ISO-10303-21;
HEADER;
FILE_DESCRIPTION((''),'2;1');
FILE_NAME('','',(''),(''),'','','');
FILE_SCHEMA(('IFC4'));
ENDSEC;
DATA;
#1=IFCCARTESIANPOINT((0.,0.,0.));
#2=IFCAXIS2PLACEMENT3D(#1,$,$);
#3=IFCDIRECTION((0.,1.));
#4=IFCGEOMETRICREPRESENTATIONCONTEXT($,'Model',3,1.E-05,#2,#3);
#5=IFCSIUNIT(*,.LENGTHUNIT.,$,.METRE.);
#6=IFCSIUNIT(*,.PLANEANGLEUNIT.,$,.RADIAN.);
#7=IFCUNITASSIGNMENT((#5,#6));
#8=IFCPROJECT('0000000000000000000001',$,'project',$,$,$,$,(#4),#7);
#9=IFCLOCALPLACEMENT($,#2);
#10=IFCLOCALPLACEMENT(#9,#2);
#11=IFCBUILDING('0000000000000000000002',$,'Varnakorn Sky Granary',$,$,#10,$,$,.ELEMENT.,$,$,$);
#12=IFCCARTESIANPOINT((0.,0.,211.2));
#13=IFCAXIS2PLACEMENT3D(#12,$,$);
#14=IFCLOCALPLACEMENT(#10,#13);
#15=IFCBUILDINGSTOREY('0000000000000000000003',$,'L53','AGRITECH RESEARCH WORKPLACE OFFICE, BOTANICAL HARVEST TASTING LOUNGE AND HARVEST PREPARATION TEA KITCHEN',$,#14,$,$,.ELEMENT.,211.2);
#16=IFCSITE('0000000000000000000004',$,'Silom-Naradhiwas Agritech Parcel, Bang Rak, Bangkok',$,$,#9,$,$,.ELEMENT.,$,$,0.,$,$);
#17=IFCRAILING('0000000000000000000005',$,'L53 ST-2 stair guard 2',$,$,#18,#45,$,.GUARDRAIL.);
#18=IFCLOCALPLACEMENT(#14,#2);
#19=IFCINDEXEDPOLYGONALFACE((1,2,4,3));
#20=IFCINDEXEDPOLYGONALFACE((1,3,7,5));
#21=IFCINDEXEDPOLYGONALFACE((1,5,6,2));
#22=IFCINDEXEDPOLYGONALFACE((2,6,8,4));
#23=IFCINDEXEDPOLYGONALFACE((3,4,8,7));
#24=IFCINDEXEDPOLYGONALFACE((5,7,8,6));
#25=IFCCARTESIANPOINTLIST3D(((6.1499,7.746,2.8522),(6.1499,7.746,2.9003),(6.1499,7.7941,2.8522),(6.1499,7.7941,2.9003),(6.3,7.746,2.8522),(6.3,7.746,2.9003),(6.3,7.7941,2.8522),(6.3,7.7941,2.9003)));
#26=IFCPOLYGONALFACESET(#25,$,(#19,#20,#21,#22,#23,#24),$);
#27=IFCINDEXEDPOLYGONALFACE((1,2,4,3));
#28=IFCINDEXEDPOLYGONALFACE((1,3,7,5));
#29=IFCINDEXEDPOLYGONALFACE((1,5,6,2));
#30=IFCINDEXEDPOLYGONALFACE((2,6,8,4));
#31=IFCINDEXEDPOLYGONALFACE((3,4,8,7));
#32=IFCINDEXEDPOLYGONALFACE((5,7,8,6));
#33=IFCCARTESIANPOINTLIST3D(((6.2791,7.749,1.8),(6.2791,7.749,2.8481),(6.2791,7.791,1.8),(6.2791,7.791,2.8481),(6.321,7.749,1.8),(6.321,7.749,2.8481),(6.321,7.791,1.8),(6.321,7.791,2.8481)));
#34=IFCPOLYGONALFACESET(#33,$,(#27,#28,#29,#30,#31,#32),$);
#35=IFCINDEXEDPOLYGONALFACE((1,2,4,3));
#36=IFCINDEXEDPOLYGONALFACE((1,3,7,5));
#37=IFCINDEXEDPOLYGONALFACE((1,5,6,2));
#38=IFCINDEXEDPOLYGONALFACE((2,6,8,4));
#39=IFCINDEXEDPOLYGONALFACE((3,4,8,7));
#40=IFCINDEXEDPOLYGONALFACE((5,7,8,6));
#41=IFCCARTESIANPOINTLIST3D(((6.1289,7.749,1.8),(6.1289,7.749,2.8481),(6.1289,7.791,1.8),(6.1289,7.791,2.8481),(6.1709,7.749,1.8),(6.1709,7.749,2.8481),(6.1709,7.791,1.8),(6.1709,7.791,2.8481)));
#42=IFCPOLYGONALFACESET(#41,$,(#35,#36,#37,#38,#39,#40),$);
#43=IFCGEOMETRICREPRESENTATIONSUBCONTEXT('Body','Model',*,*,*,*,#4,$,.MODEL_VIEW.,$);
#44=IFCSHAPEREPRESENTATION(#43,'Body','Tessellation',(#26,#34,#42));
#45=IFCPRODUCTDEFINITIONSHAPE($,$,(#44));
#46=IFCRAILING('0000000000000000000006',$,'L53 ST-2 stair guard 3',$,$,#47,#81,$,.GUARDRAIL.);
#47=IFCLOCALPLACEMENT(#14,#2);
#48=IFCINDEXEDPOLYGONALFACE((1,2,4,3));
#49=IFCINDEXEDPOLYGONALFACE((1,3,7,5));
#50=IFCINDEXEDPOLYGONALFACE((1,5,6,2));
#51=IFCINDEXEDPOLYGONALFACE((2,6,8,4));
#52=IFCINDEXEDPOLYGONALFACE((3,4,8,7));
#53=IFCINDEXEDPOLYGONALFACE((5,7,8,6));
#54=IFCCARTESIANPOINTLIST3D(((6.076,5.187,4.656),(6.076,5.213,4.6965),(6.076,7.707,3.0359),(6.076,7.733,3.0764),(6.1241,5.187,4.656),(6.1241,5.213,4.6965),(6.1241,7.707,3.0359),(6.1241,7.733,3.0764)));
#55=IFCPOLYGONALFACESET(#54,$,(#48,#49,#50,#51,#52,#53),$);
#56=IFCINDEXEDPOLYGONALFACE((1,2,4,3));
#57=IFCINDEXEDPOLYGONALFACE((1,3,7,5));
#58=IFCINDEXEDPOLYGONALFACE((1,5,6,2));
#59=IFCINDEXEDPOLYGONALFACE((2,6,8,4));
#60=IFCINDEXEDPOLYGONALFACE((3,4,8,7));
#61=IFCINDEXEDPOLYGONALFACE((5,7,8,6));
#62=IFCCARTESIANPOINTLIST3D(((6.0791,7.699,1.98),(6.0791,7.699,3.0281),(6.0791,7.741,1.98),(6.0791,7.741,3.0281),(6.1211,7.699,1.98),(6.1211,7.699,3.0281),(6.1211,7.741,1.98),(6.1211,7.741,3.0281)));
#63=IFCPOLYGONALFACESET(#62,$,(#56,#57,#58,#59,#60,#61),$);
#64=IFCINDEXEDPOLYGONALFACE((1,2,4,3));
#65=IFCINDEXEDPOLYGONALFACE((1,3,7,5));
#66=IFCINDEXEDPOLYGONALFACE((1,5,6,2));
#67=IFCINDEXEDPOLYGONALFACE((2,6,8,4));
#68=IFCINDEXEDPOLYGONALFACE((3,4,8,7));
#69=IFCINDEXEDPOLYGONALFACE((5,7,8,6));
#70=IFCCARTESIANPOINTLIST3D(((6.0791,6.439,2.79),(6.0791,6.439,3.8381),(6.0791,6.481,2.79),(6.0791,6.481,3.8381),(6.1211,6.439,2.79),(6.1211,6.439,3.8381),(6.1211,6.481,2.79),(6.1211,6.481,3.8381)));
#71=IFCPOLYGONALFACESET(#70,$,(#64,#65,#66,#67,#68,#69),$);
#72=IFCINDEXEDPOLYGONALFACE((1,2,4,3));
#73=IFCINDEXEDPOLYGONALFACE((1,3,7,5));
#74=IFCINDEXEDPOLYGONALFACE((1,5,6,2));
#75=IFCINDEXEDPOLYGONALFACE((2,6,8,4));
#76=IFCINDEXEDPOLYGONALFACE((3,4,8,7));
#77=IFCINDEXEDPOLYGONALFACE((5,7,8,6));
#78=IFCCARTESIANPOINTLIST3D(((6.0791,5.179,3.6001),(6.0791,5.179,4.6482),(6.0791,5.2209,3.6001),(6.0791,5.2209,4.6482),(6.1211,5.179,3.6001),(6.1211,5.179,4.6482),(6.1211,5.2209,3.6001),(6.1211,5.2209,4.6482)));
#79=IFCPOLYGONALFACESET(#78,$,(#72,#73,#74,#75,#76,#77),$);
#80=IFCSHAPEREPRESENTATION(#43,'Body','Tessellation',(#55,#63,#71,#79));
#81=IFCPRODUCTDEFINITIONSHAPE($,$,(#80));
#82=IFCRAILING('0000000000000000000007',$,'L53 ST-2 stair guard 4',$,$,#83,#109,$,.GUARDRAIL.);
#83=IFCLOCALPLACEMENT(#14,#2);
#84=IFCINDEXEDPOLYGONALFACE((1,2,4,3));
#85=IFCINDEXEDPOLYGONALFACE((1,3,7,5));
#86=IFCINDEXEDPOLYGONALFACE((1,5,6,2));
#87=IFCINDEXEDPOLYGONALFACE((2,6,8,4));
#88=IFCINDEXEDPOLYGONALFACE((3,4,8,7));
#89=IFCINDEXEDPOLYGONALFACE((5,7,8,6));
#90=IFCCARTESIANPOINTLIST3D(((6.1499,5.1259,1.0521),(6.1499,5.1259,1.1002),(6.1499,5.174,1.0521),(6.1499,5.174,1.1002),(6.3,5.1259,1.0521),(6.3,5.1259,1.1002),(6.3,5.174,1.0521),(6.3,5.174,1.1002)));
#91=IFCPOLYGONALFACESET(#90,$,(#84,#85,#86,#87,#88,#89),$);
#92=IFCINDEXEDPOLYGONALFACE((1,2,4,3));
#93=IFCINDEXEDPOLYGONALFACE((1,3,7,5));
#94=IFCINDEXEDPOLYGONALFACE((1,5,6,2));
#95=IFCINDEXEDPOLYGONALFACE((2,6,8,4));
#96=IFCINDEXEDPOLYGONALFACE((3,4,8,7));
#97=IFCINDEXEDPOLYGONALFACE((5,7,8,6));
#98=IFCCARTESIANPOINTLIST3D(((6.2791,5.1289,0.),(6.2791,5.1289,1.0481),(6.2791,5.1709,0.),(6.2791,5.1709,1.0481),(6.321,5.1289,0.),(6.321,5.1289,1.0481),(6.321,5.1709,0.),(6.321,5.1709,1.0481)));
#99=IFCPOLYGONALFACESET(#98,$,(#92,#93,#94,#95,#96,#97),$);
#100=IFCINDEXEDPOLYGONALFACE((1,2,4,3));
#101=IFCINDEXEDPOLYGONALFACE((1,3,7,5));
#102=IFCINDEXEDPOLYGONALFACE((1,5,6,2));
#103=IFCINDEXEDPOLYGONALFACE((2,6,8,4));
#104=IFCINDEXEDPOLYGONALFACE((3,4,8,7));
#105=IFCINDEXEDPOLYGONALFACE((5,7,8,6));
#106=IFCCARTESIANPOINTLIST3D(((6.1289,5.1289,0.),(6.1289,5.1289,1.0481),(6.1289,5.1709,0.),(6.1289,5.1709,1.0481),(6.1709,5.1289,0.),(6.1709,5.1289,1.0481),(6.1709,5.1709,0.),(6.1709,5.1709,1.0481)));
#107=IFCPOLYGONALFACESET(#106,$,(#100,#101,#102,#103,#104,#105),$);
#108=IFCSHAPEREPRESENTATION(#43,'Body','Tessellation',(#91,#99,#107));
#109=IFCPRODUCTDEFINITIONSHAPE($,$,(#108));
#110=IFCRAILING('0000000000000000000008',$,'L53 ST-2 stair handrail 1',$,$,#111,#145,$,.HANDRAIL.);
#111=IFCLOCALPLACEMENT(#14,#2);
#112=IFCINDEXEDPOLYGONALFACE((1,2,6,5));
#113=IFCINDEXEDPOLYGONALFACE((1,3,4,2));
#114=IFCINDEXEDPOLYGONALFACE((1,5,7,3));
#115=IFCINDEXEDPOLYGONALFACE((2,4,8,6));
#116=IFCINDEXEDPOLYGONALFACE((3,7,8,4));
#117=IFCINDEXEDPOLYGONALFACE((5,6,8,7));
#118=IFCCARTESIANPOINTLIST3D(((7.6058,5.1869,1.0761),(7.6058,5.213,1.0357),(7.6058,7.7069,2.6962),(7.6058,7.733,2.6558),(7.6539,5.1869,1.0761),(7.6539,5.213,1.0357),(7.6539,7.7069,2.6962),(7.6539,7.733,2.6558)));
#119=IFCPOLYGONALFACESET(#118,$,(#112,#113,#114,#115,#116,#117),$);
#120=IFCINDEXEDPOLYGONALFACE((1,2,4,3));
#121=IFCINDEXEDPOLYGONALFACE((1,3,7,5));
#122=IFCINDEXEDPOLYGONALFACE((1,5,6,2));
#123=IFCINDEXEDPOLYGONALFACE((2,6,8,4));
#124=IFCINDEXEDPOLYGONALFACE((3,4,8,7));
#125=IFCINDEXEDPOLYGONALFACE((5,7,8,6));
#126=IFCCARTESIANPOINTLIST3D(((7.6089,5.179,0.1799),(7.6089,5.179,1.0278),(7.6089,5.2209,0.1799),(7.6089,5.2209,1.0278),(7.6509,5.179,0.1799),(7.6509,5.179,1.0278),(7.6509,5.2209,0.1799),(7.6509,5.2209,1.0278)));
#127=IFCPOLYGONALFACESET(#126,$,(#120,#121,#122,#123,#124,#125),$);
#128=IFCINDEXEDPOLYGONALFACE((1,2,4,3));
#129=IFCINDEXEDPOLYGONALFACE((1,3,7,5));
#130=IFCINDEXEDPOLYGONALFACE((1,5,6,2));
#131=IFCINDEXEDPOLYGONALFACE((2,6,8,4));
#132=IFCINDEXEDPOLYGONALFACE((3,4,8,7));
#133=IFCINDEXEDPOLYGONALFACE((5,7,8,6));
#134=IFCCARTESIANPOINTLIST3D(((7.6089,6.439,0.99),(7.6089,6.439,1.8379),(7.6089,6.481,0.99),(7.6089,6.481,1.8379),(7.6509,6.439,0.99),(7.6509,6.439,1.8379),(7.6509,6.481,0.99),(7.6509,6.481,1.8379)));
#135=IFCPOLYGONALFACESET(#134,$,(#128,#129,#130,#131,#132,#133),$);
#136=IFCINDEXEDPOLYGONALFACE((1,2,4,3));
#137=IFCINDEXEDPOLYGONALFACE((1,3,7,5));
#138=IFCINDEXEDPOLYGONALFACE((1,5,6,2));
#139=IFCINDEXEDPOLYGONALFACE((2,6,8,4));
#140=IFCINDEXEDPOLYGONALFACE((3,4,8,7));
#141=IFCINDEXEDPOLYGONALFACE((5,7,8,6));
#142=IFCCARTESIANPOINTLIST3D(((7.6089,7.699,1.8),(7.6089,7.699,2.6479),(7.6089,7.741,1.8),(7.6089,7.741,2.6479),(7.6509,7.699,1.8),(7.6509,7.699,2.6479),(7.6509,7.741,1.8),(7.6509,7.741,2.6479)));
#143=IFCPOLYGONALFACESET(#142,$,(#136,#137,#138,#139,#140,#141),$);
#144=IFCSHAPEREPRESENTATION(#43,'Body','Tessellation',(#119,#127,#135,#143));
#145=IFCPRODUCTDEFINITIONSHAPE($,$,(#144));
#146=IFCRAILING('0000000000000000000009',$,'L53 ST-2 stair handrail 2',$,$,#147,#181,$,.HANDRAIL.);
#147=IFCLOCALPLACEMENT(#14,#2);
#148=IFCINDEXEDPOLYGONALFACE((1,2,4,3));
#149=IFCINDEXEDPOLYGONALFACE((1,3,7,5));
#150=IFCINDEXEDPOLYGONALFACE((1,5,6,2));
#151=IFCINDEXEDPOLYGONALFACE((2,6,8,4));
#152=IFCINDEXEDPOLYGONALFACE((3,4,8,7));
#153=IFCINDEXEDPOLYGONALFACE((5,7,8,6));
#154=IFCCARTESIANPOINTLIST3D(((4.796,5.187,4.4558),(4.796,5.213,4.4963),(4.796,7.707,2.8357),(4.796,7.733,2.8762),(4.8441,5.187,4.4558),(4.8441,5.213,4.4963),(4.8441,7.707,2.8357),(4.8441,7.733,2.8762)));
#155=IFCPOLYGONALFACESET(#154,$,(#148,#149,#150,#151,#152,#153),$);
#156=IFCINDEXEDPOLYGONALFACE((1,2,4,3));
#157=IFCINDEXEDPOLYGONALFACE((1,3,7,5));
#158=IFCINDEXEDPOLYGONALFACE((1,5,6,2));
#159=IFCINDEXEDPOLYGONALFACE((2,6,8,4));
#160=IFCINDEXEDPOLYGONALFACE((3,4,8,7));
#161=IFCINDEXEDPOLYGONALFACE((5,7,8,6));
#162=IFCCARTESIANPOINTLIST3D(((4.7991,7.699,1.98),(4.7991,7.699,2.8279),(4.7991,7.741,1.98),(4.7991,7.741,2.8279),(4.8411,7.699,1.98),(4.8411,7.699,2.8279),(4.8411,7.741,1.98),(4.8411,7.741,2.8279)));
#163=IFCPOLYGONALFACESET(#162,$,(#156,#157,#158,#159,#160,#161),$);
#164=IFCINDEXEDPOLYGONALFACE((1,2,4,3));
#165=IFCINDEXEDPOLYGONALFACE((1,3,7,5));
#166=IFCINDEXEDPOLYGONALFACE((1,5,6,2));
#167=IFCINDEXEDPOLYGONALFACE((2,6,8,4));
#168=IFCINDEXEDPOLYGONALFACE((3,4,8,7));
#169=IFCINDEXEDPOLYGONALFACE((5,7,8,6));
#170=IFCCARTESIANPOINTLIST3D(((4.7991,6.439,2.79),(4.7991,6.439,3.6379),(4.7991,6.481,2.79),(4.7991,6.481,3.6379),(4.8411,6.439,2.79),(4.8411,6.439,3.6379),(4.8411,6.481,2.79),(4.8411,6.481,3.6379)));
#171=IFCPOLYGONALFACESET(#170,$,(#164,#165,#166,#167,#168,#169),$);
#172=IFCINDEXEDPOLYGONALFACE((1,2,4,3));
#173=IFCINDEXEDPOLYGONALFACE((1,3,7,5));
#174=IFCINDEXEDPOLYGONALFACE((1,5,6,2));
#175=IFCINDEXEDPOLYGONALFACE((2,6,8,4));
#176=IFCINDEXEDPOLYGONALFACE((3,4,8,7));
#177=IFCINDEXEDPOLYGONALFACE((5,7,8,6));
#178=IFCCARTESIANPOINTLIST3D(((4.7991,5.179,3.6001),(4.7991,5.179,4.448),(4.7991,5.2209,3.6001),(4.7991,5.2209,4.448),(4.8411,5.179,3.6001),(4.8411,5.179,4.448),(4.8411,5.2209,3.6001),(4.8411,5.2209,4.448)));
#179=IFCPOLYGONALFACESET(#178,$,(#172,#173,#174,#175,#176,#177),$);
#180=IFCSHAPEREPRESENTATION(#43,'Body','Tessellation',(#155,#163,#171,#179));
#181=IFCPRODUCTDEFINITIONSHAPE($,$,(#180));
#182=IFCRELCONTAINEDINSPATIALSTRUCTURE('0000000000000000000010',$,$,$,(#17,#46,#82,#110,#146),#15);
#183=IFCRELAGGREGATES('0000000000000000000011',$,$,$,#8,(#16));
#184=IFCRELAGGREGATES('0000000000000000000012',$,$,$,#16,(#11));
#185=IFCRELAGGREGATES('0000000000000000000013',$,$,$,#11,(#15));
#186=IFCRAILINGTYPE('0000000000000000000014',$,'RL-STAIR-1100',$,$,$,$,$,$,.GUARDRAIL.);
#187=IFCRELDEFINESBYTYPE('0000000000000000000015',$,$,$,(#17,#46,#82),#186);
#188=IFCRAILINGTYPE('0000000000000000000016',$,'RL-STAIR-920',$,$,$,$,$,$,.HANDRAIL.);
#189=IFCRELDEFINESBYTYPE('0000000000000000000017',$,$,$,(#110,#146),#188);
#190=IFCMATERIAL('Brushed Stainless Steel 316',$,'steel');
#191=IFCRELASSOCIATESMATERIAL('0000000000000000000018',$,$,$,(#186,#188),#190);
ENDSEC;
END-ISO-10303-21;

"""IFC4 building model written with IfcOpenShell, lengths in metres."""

from ifc_helpers import new_model, si_unit, direction, frame, origin, origin_2d, place, context, subcontext, project, spatial, rectangle, extrude, material, type_object, element, save


model = new_model("IFC4")

# Units and contexts
model_context = context("Model", 3, precision=1e-05, world=origin(), true_north=direction((0.0, 1.0)))
body_context = subcontext(model_context, "Body", "Model", "MODEL_VIEW")
ifc_project = project(units=[si_unit("LENGTHUNIT", "METRE"), si_unit("PLANEANGLEUNIT", "RADIAN")], contexts=[model_context])

# Site, building, storey
site_placement = place(None, origin())
site = spatial("IfcSite", under=ifc_project, at=site_placement, Name="Silom-Naradhiwas Agritech Parcel, Bang Rak, Bangkok", CompositionType="ELEMENT", RefElevation=0.0)
building_placement = place(site_placement, origin())
building = spatial("IfcBuilding", under=site, at=building_placement, Name="Varnakorn Sky Granary", CompositionType="ELEMENT")
storey_placement = place(building_placement, frame((0.0, 0.0, 211.2)))
storey = spatial("IfcBuildingStorey", under=building, at=storey_placement, Name="L53", Description="AGRITECH RESEARCH WORKPLACE OFFICE, BOTANICAL HARVEST TASTING LOUNGE AND HARVEST PREPARATION TEA KITCHEN", CompositionType="ELEMENT", Elevation=211.2)

# Railings
ifc_material_1 = material(Name="Brushed Stainless Steel 316", Category="steel")
railing_type_1 = type_object("IfcRailingType", Name="RL-STAIR-1100", PredefinedType="GUARDRAIL", material=ifc_material_1)
railing_1_placement = place(storey_placement, frame((6.3, 7.77, 1.8)))
element("IfcRailing", 1, at=railing_1_placement, inside=storey, type_object=railing_type_1, Name="L53 ST-2 stair guard 2", PredefinedType="GUARDRAIL", context=body_context, shape_type="SweptSolid", body=[
    extrude(rectangle(XDim=0.0481, YDim=0.0481, at=origin_2d()), frame((0.0, 0.0, 1.0762), z_axis=(-1.0, 0.0, 0.0), x_axis=(0.0, -1.0, 0.0)), (0.0, 0.0, 1.0), 0.1501),
    extrude(rectangle(XDim=0.042, YDim=0.042, at=origin_2d()), origin(), (0.0, 0.0, 1.0), 1.0481),
    extrude(rectangle(XDim=0.042, YDim=0.042, at=origin_2d()), frame((-0.1501, 0.0, 0.0)), (0.0, 0.0, 1.0), 1.0481),
])
railing_2_placement = place(storey_placement, frame((6.1001, 7.72, 1.98)))
element("IfcRailing", 2, at=railing_2_placement, inside=storey, type_object=railing_type_1, Name="L53 ST-2 stair guard 3", PredefinedType="GUARDRAIL", context=body_context, shape_type="SweptSolid", body=[
    extrude(rectangle(XDim=0.0481, YDim=0.0481, at=origin_2d()), frame((0.0, 0.0, 1.0762), z_axis=(0.0, -0.841163, 0.540782), x_axis=(1.0, 0.0, 0.0)), (0.0, 0.0, 1.0), 2.9958),
    extrude(rectangle(XDim=0.042, YDim=0.042, at=origin_2d()), origin(), (0.0, 0.0, 1.0), 1.0481),
    extrude(rectangle(XDim=0.042, YDim=0.042, at=origin_2d()), frame((0.0, -1.26, 0.8101)), (0.0, 0.0, 1.0), 1.0481),
    extrude(rectangle(XDim=0.042, YDim=0.042, at=origin_2d()), frame((0.0, -2.52, 1.6201)), (0.0, 0.0, 1.0), 1.0481),
])
railing_3_placement = place(storey_placement, frame((6.3, 5.1499, 0.0)))
element("IfcRailing", 3, at=railing_3_placement, inside=storey, type_object=railing_type_1, Name="L53 ST-2 stair guard 4", PredefinedType="GUARDRAIL", context=body_context, shape_type="SweptSolid", body=[
    extrude(rectangle(XDim=0.0481, YDim=0.0481, at=origin_2d()), frame((0.0, 0.0, 1.0762), z_axis=(-1.0, 0.0, 0.0), x_axis=(0.0, -1.0, 0.0)), (0.0, 0.0, 1.0), 0.1501),
    extrude(rectangle(XDim=0.042, YDim=0.042, at=origin_2d()), origin(), (0.0, 0.0, 1.0), 1.0481),
    extrude(rectangle(XDim=0.042, YDim=0.042, at=origin_2d()), frame((-0.1501, 0.0, 0.0)), (0.0, 0.0, 1.0), 1.0481),
])
railing_type_2 = type_object("IfcRailingType", Name="RL-STAIR-920", PredefinedType="HANDRAIL", material=ifc_material_1)
railing_4_placement = place(storey_placement, frame((7.6299, 5.2, 0.1799)))
element("IfcRailing", 4, at=railing_4_placement, inside=storey, type_object=railing_type_2, Name="L53 ST-2 stair handrail 1", PredefinedType="HANDRAIL", context=body_context, shape_type="SweptSolid", body=[
    extrude(rectangle(XDim=0.0481, YDim=0.0481, at=origin_2d()), frame((0.0, 0.0, 0.876), z_axis=(0.0, 0.841163, 0.540782), x_axis=(-1.0, 0.0, 0.0)), (0.0, 0.0, 1.0), 2.9958),
    extrude(rectangle(XDim=0.042, YDim=0.042, at=origin_2d()), origin(), (0.0, 0.0, 1.0), 0.8479),
    extrude(rectangle(XDim=0.042, YDim=0.042, at=origin_2d()), frame((0.0, 1.26, 0.8101)), (0.0, 0.0, 1.0), 0.8479),
    extrude(rectangle(XDim=0.042, YDim=0.042, at=origin_2d()), frame((0.0, 2.52, 1.6201)), (0.0, 0.0, 1.0), 0.8479),
])
railing_5_placement = place(storey_placement, frame((4.8201, 7.72, 1.98)))
element("IfcRailing", 5, at=railing_5_placement, inside=storey, type_object=railing_type_2, Name="L53 ST-2 stair handrail 2", PredefinedType="HANDRAIL", context=body_context, shape_type="SweptSolid", body=[
    extrude(rectangle(XDim=0.0481, YDim=0.0481, at=origin_2d()), frame((0.0, 0.0, 0.876), z_axis=(0.0, -0.841163, 0.540782), x_axis=(1.0, 0.0, 0.0)), (0.0, 0.0, 1.0), 2.9958),
    extrude(rectangle(XDim=0.042, YDim=0.042, at=origin_2d()), origin(), (0.0, 0.0, 1.0), 0.8479),
    extrude(rectangle(XDim=0.042, YDim=0.042, at=origin_2d()), frame((0.0, -1.26, 0.8101)), (0.0, 0.0, 1.0), 0.8479),
    extrude(rectangle(XDim=0.042, YDim=0.042, at=origin_2d()), frame((0.0, -2.52, 1.6201)), (0.0, 0.0, 1.0), 0.8479),
])

save(model, "model.ifc")
